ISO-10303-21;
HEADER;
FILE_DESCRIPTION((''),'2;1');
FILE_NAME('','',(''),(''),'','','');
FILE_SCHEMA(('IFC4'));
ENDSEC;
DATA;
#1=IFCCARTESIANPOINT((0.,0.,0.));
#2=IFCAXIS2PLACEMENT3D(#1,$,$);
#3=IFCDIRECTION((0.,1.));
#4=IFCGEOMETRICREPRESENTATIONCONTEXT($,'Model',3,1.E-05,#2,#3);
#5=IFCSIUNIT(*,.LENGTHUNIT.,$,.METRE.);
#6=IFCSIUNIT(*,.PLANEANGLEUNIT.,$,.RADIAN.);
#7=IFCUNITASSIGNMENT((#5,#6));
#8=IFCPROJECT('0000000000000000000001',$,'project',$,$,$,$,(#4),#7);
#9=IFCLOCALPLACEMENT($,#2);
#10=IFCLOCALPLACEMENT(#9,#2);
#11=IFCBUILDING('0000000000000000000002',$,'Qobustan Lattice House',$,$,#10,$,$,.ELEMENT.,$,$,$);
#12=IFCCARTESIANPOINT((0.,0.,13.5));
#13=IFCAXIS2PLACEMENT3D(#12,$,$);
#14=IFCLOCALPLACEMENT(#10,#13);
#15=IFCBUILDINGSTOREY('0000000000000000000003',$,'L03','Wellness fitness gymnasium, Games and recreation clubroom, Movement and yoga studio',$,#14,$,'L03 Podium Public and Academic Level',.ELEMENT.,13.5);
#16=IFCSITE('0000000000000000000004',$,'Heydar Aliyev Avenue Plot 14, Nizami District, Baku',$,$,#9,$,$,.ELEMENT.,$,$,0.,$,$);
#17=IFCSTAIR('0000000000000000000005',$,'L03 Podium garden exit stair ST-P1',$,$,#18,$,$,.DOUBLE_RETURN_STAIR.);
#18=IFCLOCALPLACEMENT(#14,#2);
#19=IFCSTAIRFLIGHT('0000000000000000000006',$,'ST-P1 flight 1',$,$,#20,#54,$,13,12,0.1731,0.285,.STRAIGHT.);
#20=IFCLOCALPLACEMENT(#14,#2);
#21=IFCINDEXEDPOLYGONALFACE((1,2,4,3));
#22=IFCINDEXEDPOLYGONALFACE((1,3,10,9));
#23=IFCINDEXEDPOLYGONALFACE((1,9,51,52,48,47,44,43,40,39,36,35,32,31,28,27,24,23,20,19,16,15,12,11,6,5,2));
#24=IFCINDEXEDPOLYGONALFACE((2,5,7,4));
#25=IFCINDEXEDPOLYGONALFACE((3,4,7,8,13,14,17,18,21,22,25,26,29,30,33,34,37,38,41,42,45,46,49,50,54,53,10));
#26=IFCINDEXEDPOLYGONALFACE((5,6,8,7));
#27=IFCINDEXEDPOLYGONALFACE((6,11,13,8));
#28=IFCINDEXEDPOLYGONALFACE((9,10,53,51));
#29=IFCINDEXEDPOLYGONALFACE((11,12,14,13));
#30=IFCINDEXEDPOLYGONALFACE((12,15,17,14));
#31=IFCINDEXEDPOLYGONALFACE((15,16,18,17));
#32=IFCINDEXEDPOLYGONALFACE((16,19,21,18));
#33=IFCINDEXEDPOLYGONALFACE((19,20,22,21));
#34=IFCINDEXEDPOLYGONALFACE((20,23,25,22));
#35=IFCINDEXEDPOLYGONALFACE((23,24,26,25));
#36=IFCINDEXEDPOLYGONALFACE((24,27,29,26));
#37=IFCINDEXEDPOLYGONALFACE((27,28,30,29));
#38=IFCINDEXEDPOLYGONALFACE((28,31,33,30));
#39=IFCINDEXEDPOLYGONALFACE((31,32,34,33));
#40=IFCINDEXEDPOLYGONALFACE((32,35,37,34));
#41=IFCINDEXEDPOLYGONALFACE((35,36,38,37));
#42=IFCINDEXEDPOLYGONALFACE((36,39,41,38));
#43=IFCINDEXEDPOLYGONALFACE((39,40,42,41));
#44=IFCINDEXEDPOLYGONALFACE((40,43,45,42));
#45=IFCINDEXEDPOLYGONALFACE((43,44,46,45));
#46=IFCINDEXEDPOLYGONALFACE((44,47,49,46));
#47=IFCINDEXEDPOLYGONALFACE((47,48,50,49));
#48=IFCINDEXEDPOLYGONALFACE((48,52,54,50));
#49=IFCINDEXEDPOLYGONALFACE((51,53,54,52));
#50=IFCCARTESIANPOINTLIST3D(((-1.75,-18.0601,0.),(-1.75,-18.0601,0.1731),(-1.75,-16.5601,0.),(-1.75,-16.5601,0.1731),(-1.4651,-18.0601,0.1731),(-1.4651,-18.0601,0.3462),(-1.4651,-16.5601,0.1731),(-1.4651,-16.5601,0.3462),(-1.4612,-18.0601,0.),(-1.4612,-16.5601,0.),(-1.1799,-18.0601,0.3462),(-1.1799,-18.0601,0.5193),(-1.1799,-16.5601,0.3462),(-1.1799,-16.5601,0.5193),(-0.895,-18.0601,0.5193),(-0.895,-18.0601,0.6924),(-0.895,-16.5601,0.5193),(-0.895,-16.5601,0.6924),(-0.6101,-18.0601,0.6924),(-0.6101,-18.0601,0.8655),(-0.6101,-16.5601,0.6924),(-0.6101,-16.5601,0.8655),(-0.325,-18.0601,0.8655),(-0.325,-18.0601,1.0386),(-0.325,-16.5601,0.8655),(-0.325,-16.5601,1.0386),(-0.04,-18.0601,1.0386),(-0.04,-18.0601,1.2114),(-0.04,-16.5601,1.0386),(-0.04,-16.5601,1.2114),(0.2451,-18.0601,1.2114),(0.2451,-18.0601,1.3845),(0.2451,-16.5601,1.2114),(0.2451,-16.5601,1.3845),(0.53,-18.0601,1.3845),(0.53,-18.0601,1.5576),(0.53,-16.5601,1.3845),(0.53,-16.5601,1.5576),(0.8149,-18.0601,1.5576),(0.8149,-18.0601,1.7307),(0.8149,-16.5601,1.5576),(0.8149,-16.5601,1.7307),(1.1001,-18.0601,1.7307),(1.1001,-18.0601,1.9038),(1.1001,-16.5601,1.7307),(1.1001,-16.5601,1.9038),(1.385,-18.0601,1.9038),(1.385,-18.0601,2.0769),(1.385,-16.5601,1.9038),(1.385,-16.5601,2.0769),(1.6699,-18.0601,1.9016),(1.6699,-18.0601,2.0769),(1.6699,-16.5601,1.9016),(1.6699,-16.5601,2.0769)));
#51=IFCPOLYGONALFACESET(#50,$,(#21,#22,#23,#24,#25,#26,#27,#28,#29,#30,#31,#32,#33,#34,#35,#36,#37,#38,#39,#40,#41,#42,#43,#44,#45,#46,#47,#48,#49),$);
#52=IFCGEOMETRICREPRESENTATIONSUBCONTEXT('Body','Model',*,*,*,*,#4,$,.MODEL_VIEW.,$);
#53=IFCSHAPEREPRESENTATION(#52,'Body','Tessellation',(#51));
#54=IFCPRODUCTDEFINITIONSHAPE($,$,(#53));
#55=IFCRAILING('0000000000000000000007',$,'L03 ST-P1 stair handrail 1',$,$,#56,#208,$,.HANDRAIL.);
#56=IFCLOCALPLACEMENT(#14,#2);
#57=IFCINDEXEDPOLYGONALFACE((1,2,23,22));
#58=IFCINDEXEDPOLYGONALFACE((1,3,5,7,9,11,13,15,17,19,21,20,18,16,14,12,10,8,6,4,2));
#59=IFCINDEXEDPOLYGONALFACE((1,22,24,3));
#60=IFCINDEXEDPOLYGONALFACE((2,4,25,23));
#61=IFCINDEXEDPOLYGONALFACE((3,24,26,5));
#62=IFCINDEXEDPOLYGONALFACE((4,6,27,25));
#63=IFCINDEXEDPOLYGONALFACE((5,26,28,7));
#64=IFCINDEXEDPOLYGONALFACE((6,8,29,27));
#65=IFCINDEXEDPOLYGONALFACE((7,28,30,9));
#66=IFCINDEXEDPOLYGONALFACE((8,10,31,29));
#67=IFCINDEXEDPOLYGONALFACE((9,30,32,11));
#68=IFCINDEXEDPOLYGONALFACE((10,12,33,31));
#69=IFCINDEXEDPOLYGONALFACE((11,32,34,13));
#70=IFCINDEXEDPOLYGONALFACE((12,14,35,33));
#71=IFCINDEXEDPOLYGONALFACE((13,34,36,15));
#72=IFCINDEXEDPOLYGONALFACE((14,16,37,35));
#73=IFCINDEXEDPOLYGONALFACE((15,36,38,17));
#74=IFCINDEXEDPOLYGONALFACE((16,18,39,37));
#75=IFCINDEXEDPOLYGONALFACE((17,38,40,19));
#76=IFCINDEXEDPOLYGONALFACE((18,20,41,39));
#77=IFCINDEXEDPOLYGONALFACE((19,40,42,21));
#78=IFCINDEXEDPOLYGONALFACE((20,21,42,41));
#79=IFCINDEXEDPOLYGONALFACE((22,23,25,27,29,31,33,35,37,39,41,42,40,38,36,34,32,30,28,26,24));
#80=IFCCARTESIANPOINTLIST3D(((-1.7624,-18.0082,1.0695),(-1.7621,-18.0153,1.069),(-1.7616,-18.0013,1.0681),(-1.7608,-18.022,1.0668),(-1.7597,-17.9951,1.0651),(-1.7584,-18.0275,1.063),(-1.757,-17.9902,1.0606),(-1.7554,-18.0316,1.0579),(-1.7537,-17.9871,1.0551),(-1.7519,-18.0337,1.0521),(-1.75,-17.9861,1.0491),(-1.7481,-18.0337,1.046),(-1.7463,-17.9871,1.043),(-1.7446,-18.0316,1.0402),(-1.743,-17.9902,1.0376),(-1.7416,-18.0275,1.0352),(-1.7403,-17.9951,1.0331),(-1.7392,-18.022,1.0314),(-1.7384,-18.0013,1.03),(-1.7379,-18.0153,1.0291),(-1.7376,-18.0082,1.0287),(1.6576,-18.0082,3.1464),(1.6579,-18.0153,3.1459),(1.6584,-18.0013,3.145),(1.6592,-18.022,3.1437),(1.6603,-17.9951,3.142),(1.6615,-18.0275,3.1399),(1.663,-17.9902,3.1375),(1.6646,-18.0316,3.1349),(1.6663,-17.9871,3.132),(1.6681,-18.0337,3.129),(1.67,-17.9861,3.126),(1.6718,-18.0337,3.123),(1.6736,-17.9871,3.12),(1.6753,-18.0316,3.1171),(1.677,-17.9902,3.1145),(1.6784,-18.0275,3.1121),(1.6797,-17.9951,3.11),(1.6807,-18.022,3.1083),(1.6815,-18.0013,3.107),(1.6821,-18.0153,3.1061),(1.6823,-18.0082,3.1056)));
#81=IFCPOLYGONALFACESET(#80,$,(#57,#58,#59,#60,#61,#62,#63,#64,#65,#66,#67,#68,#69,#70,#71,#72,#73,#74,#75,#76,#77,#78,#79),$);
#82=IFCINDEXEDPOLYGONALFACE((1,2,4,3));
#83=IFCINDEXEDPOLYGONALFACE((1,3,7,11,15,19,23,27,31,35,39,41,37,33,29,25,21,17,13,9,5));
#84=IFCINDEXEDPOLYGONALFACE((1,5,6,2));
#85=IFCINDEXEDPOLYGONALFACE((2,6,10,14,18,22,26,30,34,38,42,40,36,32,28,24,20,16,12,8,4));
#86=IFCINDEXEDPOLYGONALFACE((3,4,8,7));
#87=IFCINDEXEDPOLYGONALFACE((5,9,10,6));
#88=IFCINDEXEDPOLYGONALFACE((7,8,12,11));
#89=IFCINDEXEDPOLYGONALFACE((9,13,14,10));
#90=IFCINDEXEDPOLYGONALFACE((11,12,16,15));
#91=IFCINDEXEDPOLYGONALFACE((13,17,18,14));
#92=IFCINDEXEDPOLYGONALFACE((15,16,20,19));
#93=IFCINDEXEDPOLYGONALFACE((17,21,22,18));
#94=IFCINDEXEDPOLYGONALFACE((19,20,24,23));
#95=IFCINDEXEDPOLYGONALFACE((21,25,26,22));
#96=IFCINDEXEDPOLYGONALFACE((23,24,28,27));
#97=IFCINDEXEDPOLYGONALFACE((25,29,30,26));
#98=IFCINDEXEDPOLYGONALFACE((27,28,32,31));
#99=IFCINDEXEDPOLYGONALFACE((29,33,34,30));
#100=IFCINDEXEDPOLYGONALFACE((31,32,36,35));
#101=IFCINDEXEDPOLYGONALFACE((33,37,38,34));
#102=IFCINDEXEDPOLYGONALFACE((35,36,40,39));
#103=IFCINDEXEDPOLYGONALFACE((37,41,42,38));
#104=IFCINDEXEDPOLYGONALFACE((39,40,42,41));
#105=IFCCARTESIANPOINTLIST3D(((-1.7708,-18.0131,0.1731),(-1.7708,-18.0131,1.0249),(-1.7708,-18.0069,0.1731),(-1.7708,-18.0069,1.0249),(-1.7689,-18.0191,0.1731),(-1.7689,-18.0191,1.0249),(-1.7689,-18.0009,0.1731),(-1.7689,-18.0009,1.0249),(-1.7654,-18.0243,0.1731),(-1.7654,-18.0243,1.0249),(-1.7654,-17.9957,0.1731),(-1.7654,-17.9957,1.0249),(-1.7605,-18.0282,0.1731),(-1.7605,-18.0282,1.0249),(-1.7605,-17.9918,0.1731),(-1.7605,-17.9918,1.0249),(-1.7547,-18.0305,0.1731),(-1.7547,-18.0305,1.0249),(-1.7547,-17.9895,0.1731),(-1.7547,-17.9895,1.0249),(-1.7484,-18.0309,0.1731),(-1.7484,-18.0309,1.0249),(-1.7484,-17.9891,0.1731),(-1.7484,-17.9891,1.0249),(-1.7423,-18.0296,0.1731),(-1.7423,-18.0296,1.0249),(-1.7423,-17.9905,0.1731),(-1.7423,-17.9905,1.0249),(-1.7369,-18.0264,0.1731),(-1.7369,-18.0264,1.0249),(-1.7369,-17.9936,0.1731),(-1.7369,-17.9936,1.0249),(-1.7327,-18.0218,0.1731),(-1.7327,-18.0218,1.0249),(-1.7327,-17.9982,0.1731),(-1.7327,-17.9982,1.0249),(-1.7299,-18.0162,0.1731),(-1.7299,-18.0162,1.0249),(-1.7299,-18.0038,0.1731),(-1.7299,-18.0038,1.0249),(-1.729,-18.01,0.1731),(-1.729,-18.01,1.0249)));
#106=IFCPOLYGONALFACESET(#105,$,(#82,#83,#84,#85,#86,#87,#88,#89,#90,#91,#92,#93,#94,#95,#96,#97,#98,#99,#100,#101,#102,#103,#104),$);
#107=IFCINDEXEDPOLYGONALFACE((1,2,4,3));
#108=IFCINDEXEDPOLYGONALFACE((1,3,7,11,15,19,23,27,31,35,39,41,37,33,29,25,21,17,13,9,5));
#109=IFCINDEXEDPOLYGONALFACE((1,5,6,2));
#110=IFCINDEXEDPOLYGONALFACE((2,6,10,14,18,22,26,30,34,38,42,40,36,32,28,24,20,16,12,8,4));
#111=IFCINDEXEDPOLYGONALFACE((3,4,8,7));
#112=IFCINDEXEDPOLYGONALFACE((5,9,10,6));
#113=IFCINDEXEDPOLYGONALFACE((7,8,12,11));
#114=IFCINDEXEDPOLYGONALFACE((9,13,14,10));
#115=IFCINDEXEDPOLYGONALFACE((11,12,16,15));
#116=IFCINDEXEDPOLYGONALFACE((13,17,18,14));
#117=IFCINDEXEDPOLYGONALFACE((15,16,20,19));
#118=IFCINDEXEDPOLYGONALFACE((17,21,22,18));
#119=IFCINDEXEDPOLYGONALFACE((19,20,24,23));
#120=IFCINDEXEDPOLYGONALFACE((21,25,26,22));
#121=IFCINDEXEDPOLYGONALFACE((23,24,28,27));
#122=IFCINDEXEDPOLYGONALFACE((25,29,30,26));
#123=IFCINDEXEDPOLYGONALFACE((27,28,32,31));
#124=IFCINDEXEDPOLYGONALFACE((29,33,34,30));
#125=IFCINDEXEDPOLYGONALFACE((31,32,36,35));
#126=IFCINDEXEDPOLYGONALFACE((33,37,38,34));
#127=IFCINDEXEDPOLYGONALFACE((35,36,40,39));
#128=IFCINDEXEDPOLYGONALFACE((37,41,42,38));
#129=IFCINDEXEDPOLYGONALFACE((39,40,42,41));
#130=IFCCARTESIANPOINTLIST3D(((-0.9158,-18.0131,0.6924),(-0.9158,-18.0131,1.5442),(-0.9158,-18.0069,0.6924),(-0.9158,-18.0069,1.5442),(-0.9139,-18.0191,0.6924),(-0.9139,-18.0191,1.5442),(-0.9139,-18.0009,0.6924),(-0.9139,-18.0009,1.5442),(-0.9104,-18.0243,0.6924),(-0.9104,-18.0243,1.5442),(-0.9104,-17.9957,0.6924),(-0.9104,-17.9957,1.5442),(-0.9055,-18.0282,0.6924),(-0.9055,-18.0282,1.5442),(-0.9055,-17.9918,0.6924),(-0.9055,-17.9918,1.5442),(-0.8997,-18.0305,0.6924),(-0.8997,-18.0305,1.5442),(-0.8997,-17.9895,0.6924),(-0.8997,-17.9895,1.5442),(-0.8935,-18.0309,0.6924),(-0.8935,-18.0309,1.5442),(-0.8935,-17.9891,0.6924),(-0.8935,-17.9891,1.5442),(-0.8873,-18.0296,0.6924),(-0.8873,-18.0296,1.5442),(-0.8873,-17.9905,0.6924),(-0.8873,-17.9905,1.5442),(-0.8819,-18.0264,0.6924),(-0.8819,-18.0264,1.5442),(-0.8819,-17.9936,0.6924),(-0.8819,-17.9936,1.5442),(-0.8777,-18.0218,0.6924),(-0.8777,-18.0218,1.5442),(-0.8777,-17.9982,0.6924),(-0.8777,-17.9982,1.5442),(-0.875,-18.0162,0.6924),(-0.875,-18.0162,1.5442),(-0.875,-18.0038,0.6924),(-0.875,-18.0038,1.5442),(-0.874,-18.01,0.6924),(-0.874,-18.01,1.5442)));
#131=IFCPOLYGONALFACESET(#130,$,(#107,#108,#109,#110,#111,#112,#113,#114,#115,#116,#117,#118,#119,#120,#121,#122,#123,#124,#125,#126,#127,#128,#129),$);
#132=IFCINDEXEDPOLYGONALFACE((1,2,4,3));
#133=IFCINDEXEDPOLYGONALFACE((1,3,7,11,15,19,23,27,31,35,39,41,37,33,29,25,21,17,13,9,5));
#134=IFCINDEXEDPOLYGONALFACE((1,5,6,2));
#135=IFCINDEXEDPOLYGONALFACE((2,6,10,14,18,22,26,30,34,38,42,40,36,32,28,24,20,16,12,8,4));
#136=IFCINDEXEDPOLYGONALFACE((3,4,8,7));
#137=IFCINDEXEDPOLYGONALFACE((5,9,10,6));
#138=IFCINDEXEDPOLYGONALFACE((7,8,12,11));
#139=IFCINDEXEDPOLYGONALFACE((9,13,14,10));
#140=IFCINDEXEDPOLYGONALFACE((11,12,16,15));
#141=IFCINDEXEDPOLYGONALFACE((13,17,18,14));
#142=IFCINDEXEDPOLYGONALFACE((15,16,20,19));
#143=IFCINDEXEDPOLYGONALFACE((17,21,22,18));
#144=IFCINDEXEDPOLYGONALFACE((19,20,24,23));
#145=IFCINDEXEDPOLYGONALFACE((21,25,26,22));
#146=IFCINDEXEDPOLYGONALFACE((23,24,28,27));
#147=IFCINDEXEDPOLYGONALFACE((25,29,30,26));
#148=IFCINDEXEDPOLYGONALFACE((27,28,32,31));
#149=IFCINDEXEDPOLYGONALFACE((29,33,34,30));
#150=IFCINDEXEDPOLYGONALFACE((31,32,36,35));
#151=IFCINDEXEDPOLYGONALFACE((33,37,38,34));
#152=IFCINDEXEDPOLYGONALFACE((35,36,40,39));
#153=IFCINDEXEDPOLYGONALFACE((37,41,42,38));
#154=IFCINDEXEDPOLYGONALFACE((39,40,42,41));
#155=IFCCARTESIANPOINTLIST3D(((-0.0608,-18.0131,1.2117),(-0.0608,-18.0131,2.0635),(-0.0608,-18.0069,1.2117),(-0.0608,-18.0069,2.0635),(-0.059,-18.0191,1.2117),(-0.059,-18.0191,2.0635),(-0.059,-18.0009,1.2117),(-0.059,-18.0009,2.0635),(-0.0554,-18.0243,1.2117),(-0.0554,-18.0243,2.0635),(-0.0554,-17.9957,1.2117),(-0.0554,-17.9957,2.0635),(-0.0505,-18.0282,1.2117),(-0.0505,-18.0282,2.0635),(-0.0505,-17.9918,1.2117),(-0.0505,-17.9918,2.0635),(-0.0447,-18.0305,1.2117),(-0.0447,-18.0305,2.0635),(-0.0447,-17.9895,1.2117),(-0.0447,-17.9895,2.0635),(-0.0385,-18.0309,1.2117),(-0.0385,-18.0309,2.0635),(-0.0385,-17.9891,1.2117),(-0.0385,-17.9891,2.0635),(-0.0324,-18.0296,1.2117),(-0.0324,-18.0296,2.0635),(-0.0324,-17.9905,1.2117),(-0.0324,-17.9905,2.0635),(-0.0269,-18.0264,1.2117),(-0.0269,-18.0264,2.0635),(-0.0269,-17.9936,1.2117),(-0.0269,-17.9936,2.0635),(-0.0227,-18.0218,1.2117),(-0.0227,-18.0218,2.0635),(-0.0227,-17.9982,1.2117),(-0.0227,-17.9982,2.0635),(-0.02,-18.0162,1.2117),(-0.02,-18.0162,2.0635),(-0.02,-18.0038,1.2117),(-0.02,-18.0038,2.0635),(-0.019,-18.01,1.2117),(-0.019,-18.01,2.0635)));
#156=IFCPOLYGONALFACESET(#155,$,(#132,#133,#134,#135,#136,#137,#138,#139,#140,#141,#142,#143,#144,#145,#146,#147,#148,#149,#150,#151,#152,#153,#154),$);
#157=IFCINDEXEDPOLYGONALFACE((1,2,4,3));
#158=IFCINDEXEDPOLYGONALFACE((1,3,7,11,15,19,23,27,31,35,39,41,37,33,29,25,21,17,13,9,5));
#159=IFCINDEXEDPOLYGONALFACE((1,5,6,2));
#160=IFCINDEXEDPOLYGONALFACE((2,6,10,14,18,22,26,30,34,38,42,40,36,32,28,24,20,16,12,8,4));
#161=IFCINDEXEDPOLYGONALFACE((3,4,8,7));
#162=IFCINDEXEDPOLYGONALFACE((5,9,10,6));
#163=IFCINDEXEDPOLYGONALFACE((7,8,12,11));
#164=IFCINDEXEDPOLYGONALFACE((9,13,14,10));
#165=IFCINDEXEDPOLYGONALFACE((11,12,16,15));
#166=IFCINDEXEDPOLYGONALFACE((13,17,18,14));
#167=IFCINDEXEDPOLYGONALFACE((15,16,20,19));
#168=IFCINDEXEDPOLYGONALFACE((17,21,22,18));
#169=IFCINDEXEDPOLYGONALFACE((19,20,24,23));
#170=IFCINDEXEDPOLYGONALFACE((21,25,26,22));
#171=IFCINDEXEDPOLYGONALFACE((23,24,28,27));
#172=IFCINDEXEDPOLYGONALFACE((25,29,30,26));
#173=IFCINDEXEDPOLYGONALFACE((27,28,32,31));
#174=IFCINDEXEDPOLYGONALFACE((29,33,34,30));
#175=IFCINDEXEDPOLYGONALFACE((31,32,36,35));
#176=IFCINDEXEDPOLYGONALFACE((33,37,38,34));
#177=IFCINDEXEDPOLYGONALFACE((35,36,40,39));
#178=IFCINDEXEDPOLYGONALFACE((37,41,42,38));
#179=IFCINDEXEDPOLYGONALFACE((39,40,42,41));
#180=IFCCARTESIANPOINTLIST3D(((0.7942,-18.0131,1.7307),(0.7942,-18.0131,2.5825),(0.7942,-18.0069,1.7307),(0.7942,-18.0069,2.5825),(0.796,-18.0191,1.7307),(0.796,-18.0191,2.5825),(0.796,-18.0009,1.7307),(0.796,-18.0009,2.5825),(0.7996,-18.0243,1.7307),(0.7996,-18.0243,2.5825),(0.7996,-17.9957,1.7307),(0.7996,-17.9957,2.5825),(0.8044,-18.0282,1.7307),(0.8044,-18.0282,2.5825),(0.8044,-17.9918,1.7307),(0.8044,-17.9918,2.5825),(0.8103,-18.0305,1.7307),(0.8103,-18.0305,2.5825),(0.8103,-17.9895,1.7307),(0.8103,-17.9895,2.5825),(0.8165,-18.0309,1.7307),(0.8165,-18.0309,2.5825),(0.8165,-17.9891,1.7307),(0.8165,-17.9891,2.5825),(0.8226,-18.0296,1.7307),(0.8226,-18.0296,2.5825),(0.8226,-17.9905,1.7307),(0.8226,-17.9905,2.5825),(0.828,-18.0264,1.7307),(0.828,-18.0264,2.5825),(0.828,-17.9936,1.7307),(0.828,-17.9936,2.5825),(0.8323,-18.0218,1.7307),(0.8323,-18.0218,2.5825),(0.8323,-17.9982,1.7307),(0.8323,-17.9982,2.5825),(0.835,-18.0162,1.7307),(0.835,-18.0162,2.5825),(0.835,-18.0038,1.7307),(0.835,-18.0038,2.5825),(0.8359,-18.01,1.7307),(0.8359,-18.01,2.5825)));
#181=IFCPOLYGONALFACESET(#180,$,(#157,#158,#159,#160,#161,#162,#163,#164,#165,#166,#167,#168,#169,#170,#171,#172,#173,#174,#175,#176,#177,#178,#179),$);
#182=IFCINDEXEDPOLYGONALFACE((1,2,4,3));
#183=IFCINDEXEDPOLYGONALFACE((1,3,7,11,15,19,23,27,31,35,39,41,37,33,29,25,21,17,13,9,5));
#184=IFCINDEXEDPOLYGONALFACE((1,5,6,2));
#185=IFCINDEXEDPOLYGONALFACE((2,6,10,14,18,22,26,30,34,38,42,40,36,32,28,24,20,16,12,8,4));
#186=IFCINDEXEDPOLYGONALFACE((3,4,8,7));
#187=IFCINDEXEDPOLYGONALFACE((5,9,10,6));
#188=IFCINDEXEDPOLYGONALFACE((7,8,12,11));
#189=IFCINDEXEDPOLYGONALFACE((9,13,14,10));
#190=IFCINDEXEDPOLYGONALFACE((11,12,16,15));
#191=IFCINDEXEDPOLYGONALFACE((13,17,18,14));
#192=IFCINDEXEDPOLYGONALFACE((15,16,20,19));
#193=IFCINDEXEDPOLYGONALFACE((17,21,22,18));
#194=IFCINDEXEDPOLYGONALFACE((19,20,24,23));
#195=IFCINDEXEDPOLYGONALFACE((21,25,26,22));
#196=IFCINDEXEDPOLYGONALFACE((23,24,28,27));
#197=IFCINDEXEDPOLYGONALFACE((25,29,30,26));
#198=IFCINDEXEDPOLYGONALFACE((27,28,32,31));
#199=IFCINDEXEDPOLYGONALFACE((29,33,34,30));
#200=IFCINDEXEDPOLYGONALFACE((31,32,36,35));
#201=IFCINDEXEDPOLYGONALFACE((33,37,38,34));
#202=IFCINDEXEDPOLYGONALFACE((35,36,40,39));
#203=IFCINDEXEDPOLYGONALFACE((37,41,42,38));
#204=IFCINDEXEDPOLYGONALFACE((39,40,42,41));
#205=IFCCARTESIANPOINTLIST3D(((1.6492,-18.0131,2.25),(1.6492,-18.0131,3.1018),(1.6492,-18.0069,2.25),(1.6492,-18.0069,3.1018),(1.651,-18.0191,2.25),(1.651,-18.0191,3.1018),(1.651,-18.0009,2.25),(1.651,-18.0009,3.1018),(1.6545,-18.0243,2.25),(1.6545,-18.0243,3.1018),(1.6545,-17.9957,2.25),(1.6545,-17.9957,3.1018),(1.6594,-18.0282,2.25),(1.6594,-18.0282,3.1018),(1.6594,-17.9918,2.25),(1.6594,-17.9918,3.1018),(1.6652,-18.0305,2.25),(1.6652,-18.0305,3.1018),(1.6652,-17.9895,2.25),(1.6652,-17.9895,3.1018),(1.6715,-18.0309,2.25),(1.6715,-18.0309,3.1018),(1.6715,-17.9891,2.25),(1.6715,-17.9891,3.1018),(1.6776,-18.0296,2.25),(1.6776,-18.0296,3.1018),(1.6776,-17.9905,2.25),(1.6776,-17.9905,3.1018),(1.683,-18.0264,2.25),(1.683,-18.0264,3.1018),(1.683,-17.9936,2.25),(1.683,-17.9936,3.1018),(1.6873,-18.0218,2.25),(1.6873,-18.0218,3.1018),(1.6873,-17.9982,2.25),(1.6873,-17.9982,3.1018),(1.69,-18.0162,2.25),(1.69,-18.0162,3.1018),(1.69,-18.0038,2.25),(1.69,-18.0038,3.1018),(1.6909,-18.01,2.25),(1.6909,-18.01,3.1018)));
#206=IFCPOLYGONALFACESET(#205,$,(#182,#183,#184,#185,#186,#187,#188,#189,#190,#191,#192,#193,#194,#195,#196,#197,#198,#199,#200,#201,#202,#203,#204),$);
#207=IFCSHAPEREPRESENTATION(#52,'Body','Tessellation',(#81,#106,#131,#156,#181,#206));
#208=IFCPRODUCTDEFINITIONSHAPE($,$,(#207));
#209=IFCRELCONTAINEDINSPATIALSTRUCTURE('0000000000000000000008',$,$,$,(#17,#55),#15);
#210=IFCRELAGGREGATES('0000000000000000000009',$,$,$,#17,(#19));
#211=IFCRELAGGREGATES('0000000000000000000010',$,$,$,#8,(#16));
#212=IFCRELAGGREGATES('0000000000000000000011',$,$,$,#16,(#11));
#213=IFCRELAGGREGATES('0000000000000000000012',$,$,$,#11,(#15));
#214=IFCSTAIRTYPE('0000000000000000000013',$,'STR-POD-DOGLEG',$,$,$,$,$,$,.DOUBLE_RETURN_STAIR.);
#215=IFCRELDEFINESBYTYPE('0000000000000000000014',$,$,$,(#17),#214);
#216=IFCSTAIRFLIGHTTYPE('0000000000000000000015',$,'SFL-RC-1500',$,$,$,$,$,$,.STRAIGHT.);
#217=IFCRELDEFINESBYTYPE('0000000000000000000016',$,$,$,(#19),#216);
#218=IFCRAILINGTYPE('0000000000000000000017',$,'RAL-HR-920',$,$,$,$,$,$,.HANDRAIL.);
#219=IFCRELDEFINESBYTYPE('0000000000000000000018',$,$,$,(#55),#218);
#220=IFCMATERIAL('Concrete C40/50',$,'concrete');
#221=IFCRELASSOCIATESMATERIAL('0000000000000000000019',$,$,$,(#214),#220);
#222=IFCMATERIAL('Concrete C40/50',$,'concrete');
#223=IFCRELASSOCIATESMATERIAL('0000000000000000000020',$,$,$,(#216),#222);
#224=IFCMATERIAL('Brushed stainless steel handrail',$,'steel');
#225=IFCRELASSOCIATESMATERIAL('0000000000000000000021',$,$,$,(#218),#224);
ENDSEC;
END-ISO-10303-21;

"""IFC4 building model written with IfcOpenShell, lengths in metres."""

from ifc_helpers import new_model, si_unit, direction, frame, origin, origin_2d, place, context, subcontext, project, spatial, polyline, circle, outline, extrude, material, type_object, element, aggregate, save


model = new_model("IFC4")

# Units and contexts
model_context = context("Model", 3, precision=1e-05, world=origin(), true_north=direction((0.0, 1.0)))
body_context = subcontext(model_context, "Body", "Model", "MODEL_VIEW")
ifc_project = project(units=[si_unit("LENGTHUNIT", "METRE"), si_unit("PLANEANGLEUNIT", "RADIAN")], contexts=[model_context])

# Site, building, storey
site_placement = place(None, origin())
site = spatial("IfcSite", under=ifc_project, at=site_placement, Name="Heydar Aliyev Avenue Plot 14, Nizami District, Baku", CompositionType="ELEMENT", RefElevation=0.0)
building_placement = place(site_placement, origin())
building = spatial("IfcBuilding", under=site, at=building_placement, Name="Qobustan Lattice House", CompositionType="ELEMENT")
storey_placement = place(building_placement, frame((0.0, 0.0, 13.5)))
storey = spatial("IfcBuildingStorey", under=building, at=storey_placement, Name="L03", Description="Wellness fitness gymnasium, Games and recreation clubroom, Movement and yoga studio", LongName="L03 Podium Public and Academic Level", CompositionType="ELEMENT", Elevation=13.5)

# Stair, stair flight
ifc_material_1 = material(Name="Concrete C40/50", Category="concrete")
stair_type = type_object("IfcStairType", Name="STR-POD-DOGLEG", PredefinedType="DOUBLE_RETURN_STAIR", material=ifc_material_1)
stair_placement = place(storey_placement, origin())
stair = element("IfcStair", 1, at=stair_placement, inside=storey, type_object=stair_type, Name="L03 Podium garden exit stair ST-P1", PredefinedType="DOUBLE_RETURN_STAIR")
ifc_material_2 = material(Name="Concrete C40/50", Category="concrete")
stair_flight_type = type_object("IfcStairFlightType", Name="SFL-RC-1500", PredefinedType="STRAIGHT", material=ifc_material_2)
stair_flight_placement = place(storey_placement, frame((-1.75, -17.3101, 0.0), z_axis=(0.0, 0.0, 1.0), x_axis=(1.0, 0.0, 0.0)))
stair_flight = element("IfcStairFlight", 2, at=stair_flight_placement, type_object=stair_flight_type, Name="ST-P1 flight 1", NumberOfRisers=13, NumberOfTreads=12, PredefinedType="STRAIGHT", RiserHeight=0.1731, TreadLength=0.285, context=body_context, shape_type="SweptSolid", body=[
    extrude(outline(polyline([(0.0, 0.0), (0.0, 0.1731), (0.2849, 0.1731), (0.2849, 0.3462), (0.5701, 0.3462), (0.5701, 0.5193), (0.855, 0.5193), (0.855, 0.6924), (1.1399, 0.6924), (1.1399, 0.8655), (1.425, 0.8655), (1.425, 1.0386), (1.71, 1.0386), (1.71, 1.2114), (1.9951, 1.2114), (1.9951, 1.3845), (2.28, 1.3845), (2.28, 1.5576), (2.5649, 1.5576), (2.5649, 1.7307), (2.8501, 1.7307), (2.8501, 1.9038), (3.135, 1.9038), (3.135, 2.0769), (3.4199, 2.0769), (3.4199, 2.25), (3.4199, 1.9016), (0.2888, 0.0), (0.0, 0.0)])), frame((0.0, 0.75, 0.0), z_axis=(0.0, -1.0, 0.0), x_axis=(1.0, 0.0, 0.0)), (0.0, 0.0, 1.0), 1.5),
])
aggregate(stair, [stair_flight])

# Railing
ifc_material_3 = material(Name="Brushed stainless steel handrail", Category="steel")
railing_type_1 = type_object("IfcRailingType", Name="RAL-HR-920", PredefinedType="HANDRAIL", material=ifc_material_3)
railing_1_placement = place(storey_placement, frame((-1.75, -18.01, 0.1731)))
element("IfcRailing", 3, at=railing_1_placement, inside=storey, type_object=railing_type_1, Name="L03 ST-P1 stair handrail 1", PredefinedType="HANDRAIL", context=body_context, shape_type="SweptSolid", body=[
    extrude(circle(Radius=0.0239, at=origin_2d()), frame((0.0, 0.0, 0.876), z_axis=(0.85473, 0.0, 0.519074), x_axis=(0.0, 1.0, 0.0)), (0.0, 0.0, 1.0), 4.0012),
    extrude(circle(Radius=0.021, at=origin_2d()), origin(), (0.0, 0.0, 1.0), 0.8518),
    extrude(circle(Radius=0.021, at=origin_2d()), frame((0.855, 0.0, 0.5193)), (0.0, 0.0, 1.0), 0.8518),
    extrude(circle(Radius=0.021, at=origin_2d()), frame((1.71, 0.0, 1.0386)), (0.0, 0.0, 1.0), 0.8518),
    extrude(circle(Radius=0.021, at=origin_2d()), frame((2.5649, 0.0, 1.5576)), (0.0, 0.0, 1.0), 0.8518),
    extrude(circle(Radius=0.021, at=origin_2d()), frame((3.4199, 0.0, 2.0769)), (0.0, 0.0, 1.0), 0.8518),
])

save(model, "model.ifc")
